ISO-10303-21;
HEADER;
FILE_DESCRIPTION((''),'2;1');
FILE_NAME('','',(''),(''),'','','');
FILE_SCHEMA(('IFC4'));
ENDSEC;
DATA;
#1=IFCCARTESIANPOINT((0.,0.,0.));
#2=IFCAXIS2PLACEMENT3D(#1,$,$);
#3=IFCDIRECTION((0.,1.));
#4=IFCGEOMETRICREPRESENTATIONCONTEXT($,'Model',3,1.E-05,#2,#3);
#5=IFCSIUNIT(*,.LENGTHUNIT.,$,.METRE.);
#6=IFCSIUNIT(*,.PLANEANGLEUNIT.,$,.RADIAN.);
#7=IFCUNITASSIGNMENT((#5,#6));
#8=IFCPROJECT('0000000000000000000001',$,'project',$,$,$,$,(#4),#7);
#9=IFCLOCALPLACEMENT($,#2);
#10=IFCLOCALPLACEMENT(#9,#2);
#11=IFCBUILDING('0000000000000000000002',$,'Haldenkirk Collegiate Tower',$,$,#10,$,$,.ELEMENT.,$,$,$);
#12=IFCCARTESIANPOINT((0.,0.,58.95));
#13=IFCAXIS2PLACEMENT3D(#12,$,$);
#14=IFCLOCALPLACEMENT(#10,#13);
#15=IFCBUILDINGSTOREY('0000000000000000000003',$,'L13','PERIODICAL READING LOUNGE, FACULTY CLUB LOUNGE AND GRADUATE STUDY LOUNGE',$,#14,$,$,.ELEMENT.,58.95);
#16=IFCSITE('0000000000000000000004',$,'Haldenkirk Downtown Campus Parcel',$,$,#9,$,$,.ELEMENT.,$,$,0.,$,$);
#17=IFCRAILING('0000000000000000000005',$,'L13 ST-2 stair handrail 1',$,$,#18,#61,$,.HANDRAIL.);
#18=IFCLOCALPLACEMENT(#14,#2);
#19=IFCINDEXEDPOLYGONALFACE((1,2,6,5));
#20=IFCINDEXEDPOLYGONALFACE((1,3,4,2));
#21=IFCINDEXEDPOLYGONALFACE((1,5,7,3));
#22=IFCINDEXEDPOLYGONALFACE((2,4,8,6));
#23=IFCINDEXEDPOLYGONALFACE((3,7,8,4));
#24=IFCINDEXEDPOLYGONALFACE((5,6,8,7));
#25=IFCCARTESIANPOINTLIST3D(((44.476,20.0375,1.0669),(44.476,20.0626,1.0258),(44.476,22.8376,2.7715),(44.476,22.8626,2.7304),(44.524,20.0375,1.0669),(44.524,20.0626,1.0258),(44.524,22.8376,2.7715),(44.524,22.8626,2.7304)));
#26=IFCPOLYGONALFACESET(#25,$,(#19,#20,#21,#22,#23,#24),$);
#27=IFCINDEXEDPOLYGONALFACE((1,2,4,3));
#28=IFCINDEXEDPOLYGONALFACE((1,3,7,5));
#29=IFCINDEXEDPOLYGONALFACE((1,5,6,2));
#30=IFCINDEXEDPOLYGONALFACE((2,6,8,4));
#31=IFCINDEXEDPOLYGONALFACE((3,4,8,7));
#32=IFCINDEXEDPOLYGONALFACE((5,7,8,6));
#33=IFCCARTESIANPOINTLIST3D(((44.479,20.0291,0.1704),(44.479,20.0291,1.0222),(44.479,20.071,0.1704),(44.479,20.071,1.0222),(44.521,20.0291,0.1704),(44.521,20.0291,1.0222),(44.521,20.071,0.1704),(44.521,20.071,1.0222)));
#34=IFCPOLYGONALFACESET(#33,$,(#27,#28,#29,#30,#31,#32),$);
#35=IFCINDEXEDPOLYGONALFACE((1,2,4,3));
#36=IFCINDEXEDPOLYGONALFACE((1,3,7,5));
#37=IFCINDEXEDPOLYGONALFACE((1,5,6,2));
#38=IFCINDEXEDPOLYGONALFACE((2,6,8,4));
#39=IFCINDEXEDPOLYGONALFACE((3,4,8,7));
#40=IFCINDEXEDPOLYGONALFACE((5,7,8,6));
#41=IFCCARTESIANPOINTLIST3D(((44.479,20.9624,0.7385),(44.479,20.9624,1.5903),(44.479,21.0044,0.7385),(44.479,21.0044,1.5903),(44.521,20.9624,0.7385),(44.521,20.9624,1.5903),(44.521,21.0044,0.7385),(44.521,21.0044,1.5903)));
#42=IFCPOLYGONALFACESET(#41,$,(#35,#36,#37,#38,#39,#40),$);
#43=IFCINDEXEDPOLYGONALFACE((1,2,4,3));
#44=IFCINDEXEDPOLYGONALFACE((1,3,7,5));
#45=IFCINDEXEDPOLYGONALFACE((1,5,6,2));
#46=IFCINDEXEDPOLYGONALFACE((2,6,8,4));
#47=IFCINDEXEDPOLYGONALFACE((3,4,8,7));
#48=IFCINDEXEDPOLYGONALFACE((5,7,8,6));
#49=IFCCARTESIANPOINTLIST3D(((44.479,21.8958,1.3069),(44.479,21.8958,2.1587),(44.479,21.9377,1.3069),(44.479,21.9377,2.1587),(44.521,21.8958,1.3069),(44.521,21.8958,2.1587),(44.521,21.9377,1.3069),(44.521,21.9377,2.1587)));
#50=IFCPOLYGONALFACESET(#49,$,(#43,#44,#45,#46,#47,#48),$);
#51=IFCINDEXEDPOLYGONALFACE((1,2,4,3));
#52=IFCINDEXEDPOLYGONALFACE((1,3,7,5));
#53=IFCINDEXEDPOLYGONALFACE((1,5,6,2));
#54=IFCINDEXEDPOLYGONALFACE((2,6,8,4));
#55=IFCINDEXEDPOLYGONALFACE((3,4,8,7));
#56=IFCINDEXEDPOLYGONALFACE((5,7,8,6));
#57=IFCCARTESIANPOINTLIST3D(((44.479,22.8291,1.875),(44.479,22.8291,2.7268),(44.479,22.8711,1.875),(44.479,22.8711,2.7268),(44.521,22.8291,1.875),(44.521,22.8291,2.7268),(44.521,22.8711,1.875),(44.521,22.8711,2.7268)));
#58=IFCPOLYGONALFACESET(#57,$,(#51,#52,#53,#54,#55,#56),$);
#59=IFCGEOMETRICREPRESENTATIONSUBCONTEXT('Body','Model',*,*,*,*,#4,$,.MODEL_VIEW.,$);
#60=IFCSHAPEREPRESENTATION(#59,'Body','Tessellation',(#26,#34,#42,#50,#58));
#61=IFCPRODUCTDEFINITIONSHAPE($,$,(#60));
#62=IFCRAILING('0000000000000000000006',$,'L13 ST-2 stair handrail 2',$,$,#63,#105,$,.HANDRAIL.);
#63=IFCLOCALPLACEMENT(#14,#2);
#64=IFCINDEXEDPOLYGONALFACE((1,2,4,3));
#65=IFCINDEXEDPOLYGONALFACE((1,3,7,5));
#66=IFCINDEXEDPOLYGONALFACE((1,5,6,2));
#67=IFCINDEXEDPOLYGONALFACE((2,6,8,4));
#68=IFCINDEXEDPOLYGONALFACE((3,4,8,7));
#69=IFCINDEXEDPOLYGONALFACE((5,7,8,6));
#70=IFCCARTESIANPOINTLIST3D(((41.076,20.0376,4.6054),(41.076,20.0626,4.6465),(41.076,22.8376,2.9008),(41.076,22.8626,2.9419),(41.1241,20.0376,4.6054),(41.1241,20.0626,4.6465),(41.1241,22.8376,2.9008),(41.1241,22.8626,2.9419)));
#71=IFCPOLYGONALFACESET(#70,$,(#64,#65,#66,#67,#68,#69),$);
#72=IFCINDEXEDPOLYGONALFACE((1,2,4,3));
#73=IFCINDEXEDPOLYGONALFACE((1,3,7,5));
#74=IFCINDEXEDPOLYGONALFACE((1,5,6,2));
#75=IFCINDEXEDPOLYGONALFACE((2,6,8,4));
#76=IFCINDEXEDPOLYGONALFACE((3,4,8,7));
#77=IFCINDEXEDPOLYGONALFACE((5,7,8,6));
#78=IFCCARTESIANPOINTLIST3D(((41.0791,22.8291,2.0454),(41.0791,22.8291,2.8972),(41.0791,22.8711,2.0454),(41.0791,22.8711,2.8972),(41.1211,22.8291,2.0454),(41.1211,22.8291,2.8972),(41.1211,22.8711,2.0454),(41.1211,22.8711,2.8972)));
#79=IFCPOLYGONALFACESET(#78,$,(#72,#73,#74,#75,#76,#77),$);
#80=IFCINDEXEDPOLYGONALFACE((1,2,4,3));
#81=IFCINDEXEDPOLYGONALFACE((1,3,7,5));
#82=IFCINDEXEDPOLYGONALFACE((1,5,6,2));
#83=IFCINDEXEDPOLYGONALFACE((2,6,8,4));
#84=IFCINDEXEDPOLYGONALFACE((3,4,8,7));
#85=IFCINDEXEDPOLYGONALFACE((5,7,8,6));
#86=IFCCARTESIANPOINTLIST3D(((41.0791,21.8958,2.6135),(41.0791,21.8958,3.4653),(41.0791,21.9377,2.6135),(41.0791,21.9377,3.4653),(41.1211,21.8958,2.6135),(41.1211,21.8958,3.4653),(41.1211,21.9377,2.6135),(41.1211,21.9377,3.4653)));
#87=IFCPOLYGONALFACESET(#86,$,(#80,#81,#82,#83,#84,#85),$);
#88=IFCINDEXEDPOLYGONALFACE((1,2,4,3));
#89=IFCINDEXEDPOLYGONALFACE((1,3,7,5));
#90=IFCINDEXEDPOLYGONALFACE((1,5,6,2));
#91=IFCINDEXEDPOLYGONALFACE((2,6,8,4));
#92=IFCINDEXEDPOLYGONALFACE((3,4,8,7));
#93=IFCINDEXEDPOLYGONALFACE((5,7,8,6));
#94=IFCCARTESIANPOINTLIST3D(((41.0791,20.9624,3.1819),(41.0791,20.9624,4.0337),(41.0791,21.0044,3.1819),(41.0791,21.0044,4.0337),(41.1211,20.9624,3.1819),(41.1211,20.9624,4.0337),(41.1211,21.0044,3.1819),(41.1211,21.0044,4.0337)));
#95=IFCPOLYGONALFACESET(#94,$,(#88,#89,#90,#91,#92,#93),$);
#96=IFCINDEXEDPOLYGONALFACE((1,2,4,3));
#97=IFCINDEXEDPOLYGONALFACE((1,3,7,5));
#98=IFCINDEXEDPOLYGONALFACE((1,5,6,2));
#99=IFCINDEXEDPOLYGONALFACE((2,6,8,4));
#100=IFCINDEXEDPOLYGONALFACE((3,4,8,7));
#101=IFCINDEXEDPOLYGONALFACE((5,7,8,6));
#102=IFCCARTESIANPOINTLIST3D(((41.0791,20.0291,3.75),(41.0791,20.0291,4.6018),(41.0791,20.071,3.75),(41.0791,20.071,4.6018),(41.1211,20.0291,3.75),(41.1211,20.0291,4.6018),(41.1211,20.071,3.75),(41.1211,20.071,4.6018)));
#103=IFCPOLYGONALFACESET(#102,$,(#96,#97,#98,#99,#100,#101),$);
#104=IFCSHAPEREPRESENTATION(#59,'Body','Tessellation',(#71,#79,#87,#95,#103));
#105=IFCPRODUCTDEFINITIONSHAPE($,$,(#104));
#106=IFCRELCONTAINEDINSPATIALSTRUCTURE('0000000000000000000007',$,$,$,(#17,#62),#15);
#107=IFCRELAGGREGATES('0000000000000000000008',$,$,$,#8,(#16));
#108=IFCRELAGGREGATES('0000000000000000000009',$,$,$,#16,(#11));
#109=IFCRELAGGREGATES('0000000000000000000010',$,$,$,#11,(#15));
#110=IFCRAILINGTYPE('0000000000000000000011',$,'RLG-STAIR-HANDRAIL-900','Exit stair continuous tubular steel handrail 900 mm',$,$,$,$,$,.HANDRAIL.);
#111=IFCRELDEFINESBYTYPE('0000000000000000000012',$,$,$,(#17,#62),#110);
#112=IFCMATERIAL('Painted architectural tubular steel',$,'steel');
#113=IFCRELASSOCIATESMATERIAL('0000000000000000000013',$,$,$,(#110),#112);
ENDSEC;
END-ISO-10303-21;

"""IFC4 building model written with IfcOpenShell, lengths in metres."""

from ifc_helpers import new_model, si_unit, direction, frame, origin, origin_2d, place, context, subcontext, project, spatial, rectangle, extrude, material, type_object, element, save


model = new_model("IFC4")

# Units and contexts
model_context = context("Model", 3, precision=1e-05, world=origin(), true_north=direction((0.0, 1.0)))
body_context = subcontext(model_context, "Body", "Model", "MODEL_VIEW")
ifc_project = project(units=[si_unit("LENGTHUNIT", "METRE"), si_unit("PLANEANGLEUNIT", "RADIAN")], contexts=[model_context])

# Site, building, storey
site_placement = place(None, origin())
site = spatial("IfcSite", under=ifc_project, at=site_placement, Name="Haldenkirk Downtown Campus Parcel", CompositionType="ELEMENT", RefElevation=0.0)
building_placement = place(site_placement, origin())
building = spatial("IfcBuilding", under=site, at=building_placement, Name="Haldenkirk Collegiate Tower", CompositionType="ELEMENT")
storey_placement = place(building_placement, frame((0.0, 0.0, 58.95)))
storey = spatial("IfcBuildingStorey", under=building, at=storey_placement, Name="L13", Description="PERIODICAL READING LOUNGE, FACULTY CLUB LOUNGE AND GRADUATE STUDY LOUNGE", CompositionType="ELEMENT", Elevation=58.95)

# Railings
ifc_material_1 = material(Name="Painted architectural tubular steel", Category="steel")
railing_type_1 = type_object("IfcRailingType", Name="RLG-STAIR-HANDRAIL-900", Description="Exit stair continuous tubular steel handrail 900 mm", PredefinedType="HANDRAIL", material=ifc_material_1)
railing_1_placement = place(storey_placement, frame((44.5, 20.05, 0.1704)))
element("IfcRailing", 1, at=railing_1_placement, inside=storey, type_object=railing_type_1, Name="L13 ST-2 stair handrail 1", PredefinedType="HANDRAIL", context=body_context, shape_type="SweptSolid", body=[
    extrude(rectangle(XDim=0.0481, YDim=0.0481, at=origin_2d()), frame((0.0, 0.0, 0.876), z_axis=(0.0, 0.85417, 0.519994), x_axis=(-1.0, 0.0, 0.0)), (0.0, 0.0, 1.0), 3.2781),
    extrude(rectangle(XDim=0.042, YDim=0.042, at=origin_2d()), origin(), (0.0, 0.0, 1.0), 0.8518),
    extrude(rectangle(XDim=0.042, YDim=0.042, at=origin_2d()), frame((0.0, 0.9333, 0.5681)), (0.0, 0.0, 1.0), 0.8518),
    extrude(rectangle(XDim=0.042, YDim=0.042, at=origin_2d()), frame((0.0, 1.8667, 1.1365)), (0.0, 0.0, 1.0), 0.8518),
    extrude(rectangle(XDim=0.042, YDim=0.042, at=origin_2d()), frame((0.0, 2.8, 1.7046)), (0.0, 0.0, 1.0), 0.8518),
])
railing_2_placement = place(storey_placement, frame((41.1001, 22.8501, 2.0454)))
element("IfcRailing", 2, at=railing_2_placement, inside=storey, type_object=railing_type_1, Name="L13 ST-2 stair handrail 2", PredefinedType="HANDRAIL", context=body_context, shape_type="SweptSolid", body=[
    extrude(rectangle(XDim=0.0481, YDim=0.0481, at=origin_2d()), frame((0.0, 0.0, 0.876), z_axis=(0.0, -0.85417, 0.519994), x_axis=(1.0, 0.0, 0.0)), (0.0, 0.0, 1.0), 3.2781),
    extrude(rectangle(XDim=0.042, YDim=0.042, at=origin_2d()), origin(), (0.0, 0.0, 1.0), 0.8518),
    extrude(rectangle(XDim=0.042, YDim=0.042, at=origin_2d()), frame((0.0, -0.9333, 0.5681)), (0.0, 0.0, 1.0), 0.8518),
    extrude(rectangle(XDim=0.042, YDim=0.042, at=origin_2d()), frame((0.0, -1.8667, 1.1365)), (0.0, 0.0, 1.0), 0.8518),
    extrude(rectangle(XDim=0.042, YDim=0.042, at=origin_2d()), frame((0.0, -2.8, 1.7046)), (0.0, 0.0, 1.0), 0.8518),
])

save(model, "model.ifc")
